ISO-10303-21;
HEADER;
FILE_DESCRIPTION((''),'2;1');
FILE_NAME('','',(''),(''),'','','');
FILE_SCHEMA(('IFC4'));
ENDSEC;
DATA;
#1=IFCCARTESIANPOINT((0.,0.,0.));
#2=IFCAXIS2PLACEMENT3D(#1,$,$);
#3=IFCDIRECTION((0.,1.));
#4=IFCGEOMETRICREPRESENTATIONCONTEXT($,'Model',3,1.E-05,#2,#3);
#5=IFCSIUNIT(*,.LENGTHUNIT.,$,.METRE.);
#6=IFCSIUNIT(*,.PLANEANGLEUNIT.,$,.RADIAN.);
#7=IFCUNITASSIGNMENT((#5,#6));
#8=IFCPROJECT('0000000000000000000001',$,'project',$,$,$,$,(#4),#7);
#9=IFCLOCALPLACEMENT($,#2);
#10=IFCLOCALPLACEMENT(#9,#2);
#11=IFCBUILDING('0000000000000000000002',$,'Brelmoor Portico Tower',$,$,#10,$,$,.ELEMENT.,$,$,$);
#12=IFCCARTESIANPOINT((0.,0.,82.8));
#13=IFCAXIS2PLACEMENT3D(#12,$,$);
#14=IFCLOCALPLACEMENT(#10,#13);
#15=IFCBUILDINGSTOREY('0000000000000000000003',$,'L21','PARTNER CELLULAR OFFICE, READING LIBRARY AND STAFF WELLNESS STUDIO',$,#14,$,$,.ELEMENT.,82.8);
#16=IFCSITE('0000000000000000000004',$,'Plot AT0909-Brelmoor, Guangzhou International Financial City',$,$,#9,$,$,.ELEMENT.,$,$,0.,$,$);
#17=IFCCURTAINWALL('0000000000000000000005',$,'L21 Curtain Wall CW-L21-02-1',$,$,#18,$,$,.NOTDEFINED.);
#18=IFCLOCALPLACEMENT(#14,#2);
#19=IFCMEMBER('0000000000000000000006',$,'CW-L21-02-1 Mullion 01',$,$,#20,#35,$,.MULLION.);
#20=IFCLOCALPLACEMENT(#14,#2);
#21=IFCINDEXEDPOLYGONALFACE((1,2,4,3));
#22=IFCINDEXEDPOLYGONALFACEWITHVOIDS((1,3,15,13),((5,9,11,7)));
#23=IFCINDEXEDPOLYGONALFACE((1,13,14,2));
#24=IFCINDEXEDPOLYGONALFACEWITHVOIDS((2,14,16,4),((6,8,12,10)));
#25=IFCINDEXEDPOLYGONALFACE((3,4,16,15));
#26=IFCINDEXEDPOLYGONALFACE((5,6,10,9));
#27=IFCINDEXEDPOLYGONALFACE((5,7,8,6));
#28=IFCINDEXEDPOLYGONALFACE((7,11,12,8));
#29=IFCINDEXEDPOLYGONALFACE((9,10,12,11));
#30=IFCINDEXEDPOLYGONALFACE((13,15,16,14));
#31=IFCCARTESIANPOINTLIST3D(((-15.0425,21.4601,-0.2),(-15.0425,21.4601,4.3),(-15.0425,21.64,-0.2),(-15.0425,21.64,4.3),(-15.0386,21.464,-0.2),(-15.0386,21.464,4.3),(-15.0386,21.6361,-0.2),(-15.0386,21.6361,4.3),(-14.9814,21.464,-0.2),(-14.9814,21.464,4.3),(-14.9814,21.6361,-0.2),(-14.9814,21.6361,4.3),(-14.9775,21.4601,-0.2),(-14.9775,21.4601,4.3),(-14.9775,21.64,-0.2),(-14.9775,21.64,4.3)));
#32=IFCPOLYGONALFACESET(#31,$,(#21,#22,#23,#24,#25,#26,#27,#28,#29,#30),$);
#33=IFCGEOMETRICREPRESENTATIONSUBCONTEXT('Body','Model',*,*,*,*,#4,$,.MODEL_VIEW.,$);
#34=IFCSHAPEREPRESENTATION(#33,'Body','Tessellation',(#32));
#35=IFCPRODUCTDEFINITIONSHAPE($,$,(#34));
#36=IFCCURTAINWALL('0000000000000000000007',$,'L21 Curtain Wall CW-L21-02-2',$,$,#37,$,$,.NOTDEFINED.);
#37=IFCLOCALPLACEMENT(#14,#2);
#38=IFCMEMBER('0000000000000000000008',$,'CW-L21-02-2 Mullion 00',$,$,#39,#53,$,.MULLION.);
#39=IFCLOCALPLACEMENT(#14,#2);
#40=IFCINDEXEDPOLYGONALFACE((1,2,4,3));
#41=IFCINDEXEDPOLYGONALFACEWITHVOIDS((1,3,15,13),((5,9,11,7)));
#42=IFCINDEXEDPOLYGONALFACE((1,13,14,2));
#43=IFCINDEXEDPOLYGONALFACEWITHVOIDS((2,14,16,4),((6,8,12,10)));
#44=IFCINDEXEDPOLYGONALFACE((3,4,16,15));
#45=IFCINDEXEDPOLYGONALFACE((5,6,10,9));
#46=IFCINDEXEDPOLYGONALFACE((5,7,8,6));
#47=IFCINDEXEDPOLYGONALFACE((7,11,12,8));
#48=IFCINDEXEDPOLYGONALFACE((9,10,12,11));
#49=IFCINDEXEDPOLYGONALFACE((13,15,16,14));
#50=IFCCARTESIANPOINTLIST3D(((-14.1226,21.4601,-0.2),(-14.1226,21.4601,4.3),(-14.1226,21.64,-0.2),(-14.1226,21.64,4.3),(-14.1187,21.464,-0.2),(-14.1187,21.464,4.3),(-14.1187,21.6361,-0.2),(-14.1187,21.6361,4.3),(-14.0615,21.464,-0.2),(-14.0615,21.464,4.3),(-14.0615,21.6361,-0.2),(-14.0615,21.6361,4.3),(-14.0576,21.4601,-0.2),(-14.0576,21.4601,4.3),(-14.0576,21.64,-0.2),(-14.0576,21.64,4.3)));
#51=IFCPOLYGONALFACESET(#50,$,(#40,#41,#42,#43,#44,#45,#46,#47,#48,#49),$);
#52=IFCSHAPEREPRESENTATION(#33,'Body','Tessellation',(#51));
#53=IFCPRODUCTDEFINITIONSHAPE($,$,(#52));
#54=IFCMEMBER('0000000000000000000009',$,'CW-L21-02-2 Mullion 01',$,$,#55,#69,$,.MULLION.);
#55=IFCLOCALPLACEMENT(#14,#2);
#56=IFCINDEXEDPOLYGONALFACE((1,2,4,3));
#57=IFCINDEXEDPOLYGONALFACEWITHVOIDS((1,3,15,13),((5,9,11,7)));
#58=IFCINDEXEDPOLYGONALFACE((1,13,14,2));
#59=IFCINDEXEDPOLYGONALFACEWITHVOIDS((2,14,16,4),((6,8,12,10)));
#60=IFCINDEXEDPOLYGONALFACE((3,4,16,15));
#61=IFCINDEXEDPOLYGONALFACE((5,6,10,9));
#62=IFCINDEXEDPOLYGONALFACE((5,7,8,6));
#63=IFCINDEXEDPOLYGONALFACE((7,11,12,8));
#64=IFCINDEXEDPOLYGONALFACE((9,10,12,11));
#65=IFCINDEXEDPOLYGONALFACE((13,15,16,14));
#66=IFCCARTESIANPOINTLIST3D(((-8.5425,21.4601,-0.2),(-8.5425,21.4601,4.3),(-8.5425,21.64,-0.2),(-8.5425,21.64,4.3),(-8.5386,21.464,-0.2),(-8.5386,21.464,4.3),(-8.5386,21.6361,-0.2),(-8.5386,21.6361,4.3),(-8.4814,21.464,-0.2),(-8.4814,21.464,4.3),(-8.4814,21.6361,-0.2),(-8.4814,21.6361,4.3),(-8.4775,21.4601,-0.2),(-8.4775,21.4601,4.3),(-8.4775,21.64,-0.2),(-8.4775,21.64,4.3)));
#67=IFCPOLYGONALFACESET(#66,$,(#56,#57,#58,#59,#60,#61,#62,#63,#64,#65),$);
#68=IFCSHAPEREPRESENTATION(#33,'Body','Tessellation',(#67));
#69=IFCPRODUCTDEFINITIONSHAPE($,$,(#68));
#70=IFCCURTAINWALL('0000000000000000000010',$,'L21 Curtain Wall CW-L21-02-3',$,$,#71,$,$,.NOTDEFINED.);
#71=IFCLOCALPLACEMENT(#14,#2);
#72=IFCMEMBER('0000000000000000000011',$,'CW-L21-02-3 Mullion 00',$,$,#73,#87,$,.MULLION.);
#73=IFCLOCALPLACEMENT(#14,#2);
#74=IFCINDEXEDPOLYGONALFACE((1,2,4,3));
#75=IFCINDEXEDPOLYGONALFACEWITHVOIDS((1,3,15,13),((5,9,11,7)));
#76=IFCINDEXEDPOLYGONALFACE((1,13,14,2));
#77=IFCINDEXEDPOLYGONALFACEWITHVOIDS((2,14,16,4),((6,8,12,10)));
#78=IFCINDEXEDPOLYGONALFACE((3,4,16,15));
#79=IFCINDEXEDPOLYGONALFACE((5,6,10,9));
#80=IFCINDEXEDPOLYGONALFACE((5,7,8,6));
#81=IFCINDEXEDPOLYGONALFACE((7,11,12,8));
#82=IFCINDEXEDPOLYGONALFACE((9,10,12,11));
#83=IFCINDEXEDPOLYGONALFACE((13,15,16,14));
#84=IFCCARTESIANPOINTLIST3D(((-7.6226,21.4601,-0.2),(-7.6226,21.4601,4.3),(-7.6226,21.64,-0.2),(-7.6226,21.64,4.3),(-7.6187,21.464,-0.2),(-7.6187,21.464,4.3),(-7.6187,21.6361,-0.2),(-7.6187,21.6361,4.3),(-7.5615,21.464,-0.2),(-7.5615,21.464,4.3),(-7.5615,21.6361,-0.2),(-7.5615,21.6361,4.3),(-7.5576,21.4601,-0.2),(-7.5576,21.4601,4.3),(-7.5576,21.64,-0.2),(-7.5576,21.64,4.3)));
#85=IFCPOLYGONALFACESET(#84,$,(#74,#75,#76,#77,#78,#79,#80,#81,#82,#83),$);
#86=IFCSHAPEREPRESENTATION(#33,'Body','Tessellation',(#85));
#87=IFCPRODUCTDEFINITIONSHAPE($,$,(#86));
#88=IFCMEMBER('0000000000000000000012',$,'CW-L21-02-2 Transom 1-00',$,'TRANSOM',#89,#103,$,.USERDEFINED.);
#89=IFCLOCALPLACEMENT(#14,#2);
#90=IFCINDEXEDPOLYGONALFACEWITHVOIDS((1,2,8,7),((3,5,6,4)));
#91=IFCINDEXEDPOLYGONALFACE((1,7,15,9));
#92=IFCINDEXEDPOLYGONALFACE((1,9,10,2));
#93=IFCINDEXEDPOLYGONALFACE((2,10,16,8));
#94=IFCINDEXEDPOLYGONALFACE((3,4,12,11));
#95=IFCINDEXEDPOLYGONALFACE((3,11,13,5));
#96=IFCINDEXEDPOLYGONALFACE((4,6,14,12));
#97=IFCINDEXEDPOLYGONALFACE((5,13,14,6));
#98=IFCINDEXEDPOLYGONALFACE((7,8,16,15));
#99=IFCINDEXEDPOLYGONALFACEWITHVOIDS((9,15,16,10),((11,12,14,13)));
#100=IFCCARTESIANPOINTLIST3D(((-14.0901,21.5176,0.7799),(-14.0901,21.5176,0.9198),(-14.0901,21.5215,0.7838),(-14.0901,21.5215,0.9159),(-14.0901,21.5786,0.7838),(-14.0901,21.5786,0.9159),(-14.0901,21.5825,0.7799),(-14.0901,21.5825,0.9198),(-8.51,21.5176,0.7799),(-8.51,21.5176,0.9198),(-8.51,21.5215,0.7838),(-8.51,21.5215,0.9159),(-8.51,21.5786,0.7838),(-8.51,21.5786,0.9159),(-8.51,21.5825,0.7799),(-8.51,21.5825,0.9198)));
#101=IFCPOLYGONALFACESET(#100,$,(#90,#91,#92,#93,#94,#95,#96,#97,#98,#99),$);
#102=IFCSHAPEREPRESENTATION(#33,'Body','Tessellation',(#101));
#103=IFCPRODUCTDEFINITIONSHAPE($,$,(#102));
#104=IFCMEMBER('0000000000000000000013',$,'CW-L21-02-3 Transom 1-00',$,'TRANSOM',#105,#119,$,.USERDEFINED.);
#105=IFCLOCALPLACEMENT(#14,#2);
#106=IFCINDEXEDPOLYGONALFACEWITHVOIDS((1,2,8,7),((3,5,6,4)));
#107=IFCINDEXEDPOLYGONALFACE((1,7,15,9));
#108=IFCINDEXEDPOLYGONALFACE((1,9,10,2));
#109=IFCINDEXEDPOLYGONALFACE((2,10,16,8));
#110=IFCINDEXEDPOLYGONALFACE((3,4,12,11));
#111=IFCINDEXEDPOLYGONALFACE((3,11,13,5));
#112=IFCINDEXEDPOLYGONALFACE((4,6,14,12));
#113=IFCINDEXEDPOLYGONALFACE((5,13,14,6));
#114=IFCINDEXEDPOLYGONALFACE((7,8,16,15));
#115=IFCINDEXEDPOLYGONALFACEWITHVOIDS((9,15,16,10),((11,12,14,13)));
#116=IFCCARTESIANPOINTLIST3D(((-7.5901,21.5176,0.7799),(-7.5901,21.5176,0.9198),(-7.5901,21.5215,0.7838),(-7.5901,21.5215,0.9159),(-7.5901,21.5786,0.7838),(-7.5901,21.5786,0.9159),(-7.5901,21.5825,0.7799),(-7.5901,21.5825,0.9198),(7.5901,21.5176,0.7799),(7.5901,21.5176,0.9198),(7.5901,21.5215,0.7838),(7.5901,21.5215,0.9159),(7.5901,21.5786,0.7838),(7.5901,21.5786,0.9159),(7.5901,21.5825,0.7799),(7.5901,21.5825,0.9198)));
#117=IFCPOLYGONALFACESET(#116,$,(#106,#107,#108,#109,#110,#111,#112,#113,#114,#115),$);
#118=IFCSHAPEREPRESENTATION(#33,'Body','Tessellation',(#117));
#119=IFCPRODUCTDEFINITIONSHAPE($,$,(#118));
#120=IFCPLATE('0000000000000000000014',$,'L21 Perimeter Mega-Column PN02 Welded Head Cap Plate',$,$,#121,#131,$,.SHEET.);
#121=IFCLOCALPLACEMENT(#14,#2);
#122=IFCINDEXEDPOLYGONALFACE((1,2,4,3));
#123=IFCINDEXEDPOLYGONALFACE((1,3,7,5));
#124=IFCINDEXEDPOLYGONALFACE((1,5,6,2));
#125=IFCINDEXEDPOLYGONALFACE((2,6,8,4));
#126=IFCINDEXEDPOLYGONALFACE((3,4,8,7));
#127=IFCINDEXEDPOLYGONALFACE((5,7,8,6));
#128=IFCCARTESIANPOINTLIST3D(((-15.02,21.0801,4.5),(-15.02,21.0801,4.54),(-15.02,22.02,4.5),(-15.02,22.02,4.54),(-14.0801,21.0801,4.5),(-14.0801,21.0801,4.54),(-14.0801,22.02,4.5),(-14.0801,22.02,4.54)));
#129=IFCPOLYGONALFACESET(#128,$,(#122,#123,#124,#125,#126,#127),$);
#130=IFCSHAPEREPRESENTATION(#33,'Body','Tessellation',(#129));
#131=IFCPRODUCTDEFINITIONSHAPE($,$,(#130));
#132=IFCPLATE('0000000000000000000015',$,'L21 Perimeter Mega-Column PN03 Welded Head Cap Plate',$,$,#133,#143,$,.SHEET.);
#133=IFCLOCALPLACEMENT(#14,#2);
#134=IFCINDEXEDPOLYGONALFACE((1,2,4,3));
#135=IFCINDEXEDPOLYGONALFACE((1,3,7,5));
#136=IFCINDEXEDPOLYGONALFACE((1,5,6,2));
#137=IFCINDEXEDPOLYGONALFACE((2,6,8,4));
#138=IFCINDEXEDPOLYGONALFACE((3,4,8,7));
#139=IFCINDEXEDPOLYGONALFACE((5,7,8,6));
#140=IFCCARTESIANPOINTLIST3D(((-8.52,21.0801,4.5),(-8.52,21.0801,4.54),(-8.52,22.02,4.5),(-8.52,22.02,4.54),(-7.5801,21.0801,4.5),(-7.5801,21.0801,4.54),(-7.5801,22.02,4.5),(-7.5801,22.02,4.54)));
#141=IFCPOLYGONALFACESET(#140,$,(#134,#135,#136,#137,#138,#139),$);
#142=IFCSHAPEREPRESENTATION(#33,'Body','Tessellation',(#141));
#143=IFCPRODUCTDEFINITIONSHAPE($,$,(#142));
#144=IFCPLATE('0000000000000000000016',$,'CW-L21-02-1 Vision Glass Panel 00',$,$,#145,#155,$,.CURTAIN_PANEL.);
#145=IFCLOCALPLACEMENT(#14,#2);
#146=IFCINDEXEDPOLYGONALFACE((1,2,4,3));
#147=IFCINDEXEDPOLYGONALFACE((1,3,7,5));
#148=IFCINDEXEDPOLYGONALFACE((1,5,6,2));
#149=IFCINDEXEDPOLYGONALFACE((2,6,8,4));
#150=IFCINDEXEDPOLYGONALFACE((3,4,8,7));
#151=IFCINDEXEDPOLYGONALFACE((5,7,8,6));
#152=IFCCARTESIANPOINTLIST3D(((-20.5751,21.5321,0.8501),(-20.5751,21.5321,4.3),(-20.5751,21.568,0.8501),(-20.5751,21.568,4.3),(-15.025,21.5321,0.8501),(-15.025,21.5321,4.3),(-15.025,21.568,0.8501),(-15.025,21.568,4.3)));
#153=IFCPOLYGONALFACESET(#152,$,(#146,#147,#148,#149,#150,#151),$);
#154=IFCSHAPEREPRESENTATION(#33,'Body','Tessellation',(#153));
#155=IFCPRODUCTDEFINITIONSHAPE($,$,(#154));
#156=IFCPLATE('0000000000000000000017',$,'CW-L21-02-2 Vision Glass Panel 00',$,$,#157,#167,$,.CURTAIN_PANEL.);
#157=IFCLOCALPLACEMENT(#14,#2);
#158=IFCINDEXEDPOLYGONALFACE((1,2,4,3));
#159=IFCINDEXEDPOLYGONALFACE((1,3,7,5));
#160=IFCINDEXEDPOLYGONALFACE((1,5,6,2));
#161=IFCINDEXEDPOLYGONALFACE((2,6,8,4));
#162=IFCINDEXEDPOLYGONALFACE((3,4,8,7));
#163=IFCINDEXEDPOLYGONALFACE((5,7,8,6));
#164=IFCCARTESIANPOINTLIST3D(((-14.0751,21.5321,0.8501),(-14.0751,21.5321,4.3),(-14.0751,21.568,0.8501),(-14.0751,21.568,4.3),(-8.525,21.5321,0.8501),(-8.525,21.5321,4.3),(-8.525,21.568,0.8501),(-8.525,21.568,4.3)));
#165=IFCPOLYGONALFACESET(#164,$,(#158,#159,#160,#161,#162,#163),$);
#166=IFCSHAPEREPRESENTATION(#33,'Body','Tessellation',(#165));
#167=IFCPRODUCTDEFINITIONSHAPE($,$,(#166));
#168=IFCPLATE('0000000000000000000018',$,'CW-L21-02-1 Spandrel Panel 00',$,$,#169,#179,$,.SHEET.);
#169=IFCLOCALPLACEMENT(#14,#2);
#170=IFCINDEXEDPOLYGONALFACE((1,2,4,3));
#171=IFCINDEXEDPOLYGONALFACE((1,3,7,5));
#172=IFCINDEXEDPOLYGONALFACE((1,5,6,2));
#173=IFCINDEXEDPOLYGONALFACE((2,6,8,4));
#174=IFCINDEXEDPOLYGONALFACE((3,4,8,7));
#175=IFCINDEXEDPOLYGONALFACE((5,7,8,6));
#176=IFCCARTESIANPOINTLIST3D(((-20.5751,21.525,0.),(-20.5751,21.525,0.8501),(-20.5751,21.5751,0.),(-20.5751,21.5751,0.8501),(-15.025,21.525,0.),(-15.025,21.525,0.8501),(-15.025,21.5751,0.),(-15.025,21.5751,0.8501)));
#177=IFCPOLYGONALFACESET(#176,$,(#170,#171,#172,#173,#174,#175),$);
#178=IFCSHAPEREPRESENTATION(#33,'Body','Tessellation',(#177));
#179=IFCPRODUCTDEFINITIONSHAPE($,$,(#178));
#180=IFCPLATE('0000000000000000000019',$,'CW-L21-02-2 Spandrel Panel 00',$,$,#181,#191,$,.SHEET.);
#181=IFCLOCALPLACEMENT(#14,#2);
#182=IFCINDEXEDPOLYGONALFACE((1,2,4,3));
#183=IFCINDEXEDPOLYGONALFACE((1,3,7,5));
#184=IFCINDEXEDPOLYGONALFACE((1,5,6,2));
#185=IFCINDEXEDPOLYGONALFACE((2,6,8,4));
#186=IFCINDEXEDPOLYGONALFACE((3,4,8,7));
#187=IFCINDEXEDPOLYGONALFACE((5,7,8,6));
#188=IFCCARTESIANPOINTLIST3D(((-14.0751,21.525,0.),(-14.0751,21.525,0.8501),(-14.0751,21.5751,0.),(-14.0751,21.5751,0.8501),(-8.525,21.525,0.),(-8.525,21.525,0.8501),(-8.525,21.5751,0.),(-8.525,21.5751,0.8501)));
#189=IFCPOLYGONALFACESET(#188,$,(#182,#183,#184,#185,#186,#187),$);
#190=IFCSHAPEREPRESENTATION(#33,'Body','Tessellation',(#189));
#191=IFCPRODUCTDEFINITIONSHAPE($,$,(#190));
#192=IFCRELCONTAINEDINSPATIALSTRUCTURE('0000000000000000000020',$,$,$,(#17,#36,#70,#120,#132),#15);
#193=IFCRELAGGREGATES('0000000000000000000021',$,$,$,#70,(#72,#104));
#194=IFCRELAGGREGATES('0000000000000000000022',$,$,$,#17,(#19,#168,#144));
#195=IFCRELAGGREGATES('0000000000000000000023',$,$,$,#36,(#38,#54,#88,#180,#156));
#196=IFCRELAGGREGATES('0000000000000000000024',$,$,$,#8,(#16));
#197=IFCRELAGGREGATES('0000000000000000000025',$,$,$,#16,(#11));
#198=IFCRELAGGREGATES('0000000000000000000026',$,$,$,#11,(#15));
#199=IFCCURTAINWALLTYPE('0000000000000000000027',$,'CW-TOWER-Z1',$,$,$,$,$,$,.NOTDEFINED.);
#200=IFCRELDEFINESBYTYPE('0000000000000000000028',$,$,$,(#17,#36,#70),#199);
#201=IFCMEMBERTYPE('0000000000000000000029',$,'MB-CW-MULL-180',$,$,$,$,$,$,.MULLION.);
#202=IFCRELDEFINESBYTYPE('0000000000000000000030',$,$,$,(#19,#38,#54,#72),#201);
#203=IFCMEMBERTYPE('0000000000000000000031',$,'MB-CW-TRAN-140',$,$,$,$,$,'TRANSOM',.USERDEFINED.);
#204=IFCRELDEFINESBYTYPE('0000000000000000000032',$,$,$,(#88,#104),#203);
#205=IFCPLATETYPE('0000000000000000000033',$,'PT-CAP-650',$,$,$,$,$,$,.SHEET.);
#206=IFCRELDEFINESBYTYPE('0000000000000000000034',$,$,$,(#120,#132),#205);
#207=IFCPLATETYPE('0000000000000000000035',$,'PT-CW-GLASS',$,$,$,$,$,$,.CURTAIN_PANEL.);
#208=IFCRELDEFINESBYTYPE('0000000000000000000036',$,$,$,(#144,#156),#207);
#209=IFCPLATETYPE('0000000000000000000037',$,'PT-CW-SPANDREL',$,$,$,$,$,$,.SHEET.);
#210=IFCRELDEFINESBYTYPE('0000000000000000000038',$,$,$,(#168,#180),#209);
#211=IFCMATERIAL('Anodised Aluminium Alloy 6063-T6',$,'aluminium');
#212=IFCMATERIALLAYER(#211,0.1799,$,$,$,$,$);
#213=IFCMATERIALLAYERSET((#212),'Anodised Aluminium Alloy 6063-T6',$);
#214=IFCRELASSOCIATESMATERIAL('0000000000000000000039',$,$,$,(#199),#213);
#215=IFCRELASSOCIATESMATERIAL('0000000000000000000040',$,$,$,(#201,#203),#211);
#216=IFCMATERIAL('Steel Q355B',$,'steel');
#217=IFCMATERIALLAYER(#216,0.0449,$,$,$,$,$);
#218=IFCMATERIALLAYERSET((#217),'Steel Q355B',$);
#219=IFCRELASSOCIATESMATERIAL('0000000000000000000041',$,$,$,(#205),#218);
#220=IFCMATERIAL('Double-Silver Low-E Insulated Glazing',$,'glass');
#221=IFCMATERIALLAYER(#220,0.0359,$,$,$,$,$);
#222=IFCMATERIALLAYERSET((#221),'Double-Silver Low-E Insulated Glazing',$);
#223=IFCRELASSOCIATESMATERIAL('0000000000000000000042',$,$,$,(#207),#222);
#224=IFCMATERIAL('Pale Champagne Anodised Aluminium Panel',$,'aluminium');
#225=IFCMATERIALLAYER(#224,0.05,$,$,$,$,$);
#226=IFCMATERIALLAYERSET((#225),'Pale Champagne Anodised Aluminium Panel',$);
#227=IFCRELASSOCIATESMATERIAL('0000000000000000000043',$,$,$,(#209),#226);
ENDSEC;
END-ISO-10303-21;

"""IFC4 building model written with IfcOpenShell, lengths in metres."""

from ifc_helpers import new_model, si_unit, direction, frame, origin, origin_2d, place, context, subcontext, project, spatial, rectangle, hollow_rectangle, extrude, material, layer, layer_set, material_profile, profile_set, type_object, element, aggregate, save


model = new_model("IFC4")

# Units and contexts
model_context = context("Model", 3, precision=1e-05, world=origin(), true_north=direction((0.0, 1.0)))
body_context = subcontext(model_context, "Body", "Model", "MODEL_VIEW")
ifc_project = project(units=[si_unit("LENGTHUNIT", "METRE"), si_unit("PLANEANGLEUNIT", "RADIAN")], contexts=[model_context])

# Site, building, storey
site_placement = place(None, origin())
site = spatial("IfcSite", under=ifc_project, at=site_placement, Name="Plot AT0909-Brelmoor, Guangzhou International Financial City", CompositionType="ELEMENT", RefElevation=0.0)
building_placement = place(site_placement, origin())
building = spatial("IfcBuilding", under=site, at=building_placement, Name="Brelmoor Portico Tower", CompositionType="ELEMENT")
storey_placement = place(building_placement, frame((0.0, 0.0, 82.8)))
storey = spatial("IfcBuildingStorey", under=building, at=storey_placement, Name="L21", Description="PARTNER CELLULAR OFFICE, READING LIBRARY AND STAFF WELLNESS STUDIO", CompositionType="ELEMENT", Elevation=82.8)

# Shared definitions
ifc_material_1 = material(Name="Steel Q355B", Category="steel")

# Curtain wall, member
ifc_material_2 = material(Name="Anodised Aluminium Alloy 6063-T6", Category="aluminium")
ifc_layer_1 = layer(ifc_material_2, 0.1799)
ifc_layer_set_1 = layer_set([ifc_layer_1], Name="Anodised Aluminium Alloy 6063-T6")
curtain_wall_type = type_object("IfcCurtainWallType", Name="CW-TOWER-Z1", PredefinedType="NOTDEFINED", material=ifc_layer_set_1)
curtain_wall_1_placement = place(storey_placement, origin())
curtain_wall_1 = element("IfcCurtainWall", 1, at=curtain_wall_1_placement, inside=storey, type_object=curtain_wall_type, Name="L21 Curtain Wall CW-L21-02-1", PredefinedType="NOTDEFINED")
ifc_material_profile_1 = material_profile(ifc_material_2, hollow_rectangle(XDim=0.0649, YDim=0.1799, WallThickness=0.0039, at=origin_2d()), Name="ALU MULLION 65x180")
ifc_profile_set_1 = profile_set([ifc_material_profile_1], Name="Anodised Aluminium Alloy 6063-T6")
member_type_1 = type_object("IfcMemberType", Name="MB-CW-MULL-180", PredefinedType="MULLION", material=ifc_profile_set_1)
member_1_placement = place(storey_placement, frame((-15.01, 21.55, -0.2), z_axis=(0.0, 0.0, 1.0), x_axis=(1.0, 0.0, 0.0)))
member_1 = element("IfcMember", 2, at=member_1_placement, type_object=member_type_1, Name="CW-L21-02-1 Mullion 01", PredefinedType="MULLION", context=body_context, shape_type="SweptSolid", body=[
    extrude(hollow_rectangle(XDim=0.0649, YDim=0.1799, WallThickness=0.0039, at=origin_2d()), origin(), (0.0, 0.0, 1.0), 4.5),
])

# Curtain wall, members
curtain_wall_2_placement = place(storey_placement, origin())
curtain_wall_2 = element("IfcCurtainWall", 3, at=curtain_wall_2_placement, inside=storey, type_object=curtain_wall_type, Name="L21 Curtain Wall CW-L21-02-2", PredefinedType="NOTDEFINED")
member_2_placement = place(storey_placement, frame((-14.0901, 21.55, -0.2), z_axis=(0.0, 0.0, 1.0), x_axis=(1.0, 0.0, 0.0)))
member_2 = element("IfcMember", 4, at=member_2_placement, type_object=member_type_1, Name="CW-L21-02-2 Mullion 00", PredefinedType="MULLION", context=body_context, shape_type="SweptSolid", body=[
    extrude(hollow_rectangle(XDim=0.0649, YDim=0.1799, WallThickness=0.0039, at=origin_2d()), origin(), (0.0, 0.0, 1.0), 4.5),
])
member_3_placement = place(storey_placement, frame((-8.51, 21.55, -0.2), z_axis=(0.0, 0.0, 1.0), x_axis=(1.0, 0.0, 0.0)))
member_3 = element("IfcMember", 5, at=member_3_placement, type_object=member_type_1, Name="CW-L21-02-2 Mullion 01", PredefinedType="MULLION", context=body_context, shape_type="SweptSolid", body=[
    extrude(hollow_rectangle(XDim=0.0649, YDim=0.1799, WallThickness=0.0039, at=origin_2d()), origin(), (0.0, 0.0, 1.0), 4.5),
])

# Curtain wall, member
curtain_wall_3_placement = place(storey_placement, origin())
curtain_wall_3 = element("IfcCurtainWall", 6, at=curtain_wall_3_placement, inside=storey, type_object=curtain_wall_type, Name="L21 Curtain Wall CW-L21-02-3", PredefinedType="NOTDEFINED")
member_4_placement = place(storey_placement, frame((-7.5901, 21.55, -0.2), z_axis=(0.0, 0.0, 1.0), x_axis=(1.0, 0.0, 0.0)))
member_4 = element("IfcMember", 7, at=member_4_placement, type_object=member_type_1, Name="CW-L21-02-3 Mullion 00", PredefinedType="MULLION", context=body_context, shape_type="SweptSolid", body=[
    extrude(hollow_rectangle(XDim=0.0649, YDim=0.1799, WallThickness=0.0039, at=origin_2d()), origin(), (0.0, 0.0, 1.0), 4.5),
])

# Members
ifc_material_profile_2 = material_profile(ifc_material_2, hollow_rectangle(XDim=0.0649, YDim=0.1399, WallThickness=0.0039, at=origin_2d()), Name="ALU TRANSOM 65x140")
ifc_profile_set_2 = profile_set([ifc_material_profile_2], Name="Anodised Aluminium Alloy 6063-T6")
member_type_2 = type_object("IfcMemberType", Name="MB-CW-TRAN-140", ElementType="TRANSOM", PredefinedType="USERDEFINED", material=ifc_profile_set_2)
member_5_placement = place(storey_placement, frame((-14.0901, 21.55, 0.8499), z_axis=(1.0, 0.0, 0.0), x_axis=(0.0, 1.0, 0.0)))
member_5 = element("IfcMember", 8, at=member_5_placement, type_object=member_type_2, Name="CW-L21-02-2 Transom 1-00", ObjectType="TRANSOM", PredefinedType="USERDEFINED", context=body_context, shape_type="SweptSolid", body=[
    extrude(hollow_rectangle(XDim=0.0649, YDim=0.1399, WallThickness=0.0039, at=origin_2d()), origin(), (0.0, 0.0, 1.0), 5.5801),
])
member_6_placement = place(storey_placement, frame((-7.5901, 21.55, 0.8499), z_axis=(1.0, 0.0, 0.0), x_axis=(0.0, 1.0, 0.0)))
member_6 = element("IfcMember", 9, at=member_6_placement, type_object=member_type_2, Name="CW-L21-02-3 Transom 1-00", ObjectType="TRANSOM", PredefinedType="USERDEFINED", context=body_context, shape_type="SweptSolid", body=[
    extrude(hollow_rectangle(XDim=0.0649, YDim=0.1399, WallThickness=0.0039, at=origin_2d()), origin(), (0.0, 0.0, 1.0), 15.1802),
])
aggregate(curtain_wall_3, [member_4, member_6])

# Plates
ifc_layer_2 = layer(ifc_material_1, 0.0449)
ifc_layer_set_2 = layer_set([ifc_layer_2], Name="Steel Q355B")
plate_type_1 = type_object("IfcPlateType", Name="PT-CAP-650", PredefinedType="SHEET", material=ifc_layer_set_2)
for number, where, z_axis, x_axis, name in (
    (10, (-14.55, 21.55, 4.5), (0.0, 0.0, 1.0), (1.0, 0.0, 0.0), "L21 Perimeter Mega-Column PN02 Welded Head Cap Plate"),
    (11, (-8.05, 21.55, 4.5), (0.0, 0.0, 1.0), (1.0, 0.0, 0.0), "L21 Perimeter Mega-Column PN03 Welded Head Cap Plate"),
):
    element("IfcPlate", number, at=place(storey_placement, frame(where, z_axis=z_axis, x_axis=x_axis)), inside=storey, type_object=plate_type_1, Name=name, PredefinedType="SHEET", context=body_context, shape_type="SweptSolid", body=[
        extrude(rectangle(XDim=0.9399, YDim=0.9399, at=origin_2d()), origin(), (0.0, 0.0, 1.0), 0.04),
    ])

# Plates
ifc_material_3 = material(Name="Double-Silver Low-E Insulated Glazing", Category="glass")
ifc_layer_3 = layer(ifc_material_3, 0.0359)
ifc_layer_set_3 = layer_set([ifc_layer_3], Name="Double-Silver Low-E Insulated Glazing")
plate_type_2 = type_object("IfcPlateType", Name="PT-CW-GLASS", PredefinedType="CURTAIN_PANEL", material=ifc_layer_set_3)
plate_1_placement = place(storey_placement, frame((-17.8, 21.55, 0.8501), z_axis=(0.0, 0.0, 1.0), x_axis=(1.0, 0.0, 0.0)))
plate_1 = element("IfcPlate", 12, at=plate_1_placement, type_object=plate_type_2, Name="CW-L21-02-1 Vision Glass Panel 00", PredefinedType="CURTAIN_PANEL", context=body_context, shape_type="SweptSolid", body=[
    extrude(rectangle(XDim=5.55, YDim=0.0359, at=origin_2d()), origin(), (0.0, 0.0, 1.0), 3.45),
])
plate_2_placement = place(storey_placement, frame((-11.3, 21.55, 0.8501), z_axis=(0.0, 0.0, 1.0), x_axis=(1.0, 0.0, 0.0)))
plate_2 = element("IfcPlate", 13, at=plate_2_placement, type_object=plate_type_2, Name="CW-L21-02-2 Vision Glass Panel 00", PredefinedType="CURTAIN_PANEL", context=body_context, shape_type="SweptSolid", body=[
    extrude(rectangle(XDim=5.55, YDim=0.0359, at=origin_2d()), origin(), (0.0, 0.0, 1.0), 3.45),
])
ifc_material_4 = material(Name="Pale Champagne Anodised Aluminium Panel", Category="aluminium")
ifc_layer_4 = layer(ifc_material_4, 0.05)
ifc_layer_set_4 = layer_set([ifc_layer_4], Name="Pale Champagne Anodised Aluminium Panel")
plate_type_3 = type_object("IfcPlateType", Name="PT-CW-SPANDREL", PredefinedType="SHEET", material=ifc_layer_set_4)
plate_3_placement = place(storey_placement, frame((-17.8, 21.55, 0.0), z_axis=(0.0, 0.0, 1.0), x_axis=(1.0, 0.0, 0.0)))
plate_3 = element("IfcPlate", 14, at=plate_3_placement, type_object=plate_type_3, Name="CW-L21-02-1 Spandrel Panel 00", PredefinedType="SHEET", context=body_context, shape_type="SweptSolid", body=[
    extrude(rectangle(XDim=5.55, YDim=0.05, at=origin_2d()), origin(), (0.0, 0.0, 1.0), 0.8501),
])
aggregate(curtain_wall_1, [member_1, plate_3, plate_1])
plate_4_placement = place(storey_placement, frame((-11.3, 21.55, 0.0), z_axis=(0.0, 0.0, 1.0), x_axis=(1.0, 0.0, 0.0)))
plate_4 = element("IfcPlate", 15, at=plate_4_placement, type_object=plate_type_3, Name="CW-L21-02-2 Spandrel Panel 00", PredefinedType="SHEET", context=body_context, shape_type="SweptSolid", body=[
    extrude(rectangle(XDim=5.55, YDim=0.05, at=origin_2d()), origin(), (0.0, 0.0, 1.0), 0.8501),
])
aggregate(curtain_wall_2, [member_2, member_3, member_5, plate_4, plate_2])

save(model, "model.ifc")
